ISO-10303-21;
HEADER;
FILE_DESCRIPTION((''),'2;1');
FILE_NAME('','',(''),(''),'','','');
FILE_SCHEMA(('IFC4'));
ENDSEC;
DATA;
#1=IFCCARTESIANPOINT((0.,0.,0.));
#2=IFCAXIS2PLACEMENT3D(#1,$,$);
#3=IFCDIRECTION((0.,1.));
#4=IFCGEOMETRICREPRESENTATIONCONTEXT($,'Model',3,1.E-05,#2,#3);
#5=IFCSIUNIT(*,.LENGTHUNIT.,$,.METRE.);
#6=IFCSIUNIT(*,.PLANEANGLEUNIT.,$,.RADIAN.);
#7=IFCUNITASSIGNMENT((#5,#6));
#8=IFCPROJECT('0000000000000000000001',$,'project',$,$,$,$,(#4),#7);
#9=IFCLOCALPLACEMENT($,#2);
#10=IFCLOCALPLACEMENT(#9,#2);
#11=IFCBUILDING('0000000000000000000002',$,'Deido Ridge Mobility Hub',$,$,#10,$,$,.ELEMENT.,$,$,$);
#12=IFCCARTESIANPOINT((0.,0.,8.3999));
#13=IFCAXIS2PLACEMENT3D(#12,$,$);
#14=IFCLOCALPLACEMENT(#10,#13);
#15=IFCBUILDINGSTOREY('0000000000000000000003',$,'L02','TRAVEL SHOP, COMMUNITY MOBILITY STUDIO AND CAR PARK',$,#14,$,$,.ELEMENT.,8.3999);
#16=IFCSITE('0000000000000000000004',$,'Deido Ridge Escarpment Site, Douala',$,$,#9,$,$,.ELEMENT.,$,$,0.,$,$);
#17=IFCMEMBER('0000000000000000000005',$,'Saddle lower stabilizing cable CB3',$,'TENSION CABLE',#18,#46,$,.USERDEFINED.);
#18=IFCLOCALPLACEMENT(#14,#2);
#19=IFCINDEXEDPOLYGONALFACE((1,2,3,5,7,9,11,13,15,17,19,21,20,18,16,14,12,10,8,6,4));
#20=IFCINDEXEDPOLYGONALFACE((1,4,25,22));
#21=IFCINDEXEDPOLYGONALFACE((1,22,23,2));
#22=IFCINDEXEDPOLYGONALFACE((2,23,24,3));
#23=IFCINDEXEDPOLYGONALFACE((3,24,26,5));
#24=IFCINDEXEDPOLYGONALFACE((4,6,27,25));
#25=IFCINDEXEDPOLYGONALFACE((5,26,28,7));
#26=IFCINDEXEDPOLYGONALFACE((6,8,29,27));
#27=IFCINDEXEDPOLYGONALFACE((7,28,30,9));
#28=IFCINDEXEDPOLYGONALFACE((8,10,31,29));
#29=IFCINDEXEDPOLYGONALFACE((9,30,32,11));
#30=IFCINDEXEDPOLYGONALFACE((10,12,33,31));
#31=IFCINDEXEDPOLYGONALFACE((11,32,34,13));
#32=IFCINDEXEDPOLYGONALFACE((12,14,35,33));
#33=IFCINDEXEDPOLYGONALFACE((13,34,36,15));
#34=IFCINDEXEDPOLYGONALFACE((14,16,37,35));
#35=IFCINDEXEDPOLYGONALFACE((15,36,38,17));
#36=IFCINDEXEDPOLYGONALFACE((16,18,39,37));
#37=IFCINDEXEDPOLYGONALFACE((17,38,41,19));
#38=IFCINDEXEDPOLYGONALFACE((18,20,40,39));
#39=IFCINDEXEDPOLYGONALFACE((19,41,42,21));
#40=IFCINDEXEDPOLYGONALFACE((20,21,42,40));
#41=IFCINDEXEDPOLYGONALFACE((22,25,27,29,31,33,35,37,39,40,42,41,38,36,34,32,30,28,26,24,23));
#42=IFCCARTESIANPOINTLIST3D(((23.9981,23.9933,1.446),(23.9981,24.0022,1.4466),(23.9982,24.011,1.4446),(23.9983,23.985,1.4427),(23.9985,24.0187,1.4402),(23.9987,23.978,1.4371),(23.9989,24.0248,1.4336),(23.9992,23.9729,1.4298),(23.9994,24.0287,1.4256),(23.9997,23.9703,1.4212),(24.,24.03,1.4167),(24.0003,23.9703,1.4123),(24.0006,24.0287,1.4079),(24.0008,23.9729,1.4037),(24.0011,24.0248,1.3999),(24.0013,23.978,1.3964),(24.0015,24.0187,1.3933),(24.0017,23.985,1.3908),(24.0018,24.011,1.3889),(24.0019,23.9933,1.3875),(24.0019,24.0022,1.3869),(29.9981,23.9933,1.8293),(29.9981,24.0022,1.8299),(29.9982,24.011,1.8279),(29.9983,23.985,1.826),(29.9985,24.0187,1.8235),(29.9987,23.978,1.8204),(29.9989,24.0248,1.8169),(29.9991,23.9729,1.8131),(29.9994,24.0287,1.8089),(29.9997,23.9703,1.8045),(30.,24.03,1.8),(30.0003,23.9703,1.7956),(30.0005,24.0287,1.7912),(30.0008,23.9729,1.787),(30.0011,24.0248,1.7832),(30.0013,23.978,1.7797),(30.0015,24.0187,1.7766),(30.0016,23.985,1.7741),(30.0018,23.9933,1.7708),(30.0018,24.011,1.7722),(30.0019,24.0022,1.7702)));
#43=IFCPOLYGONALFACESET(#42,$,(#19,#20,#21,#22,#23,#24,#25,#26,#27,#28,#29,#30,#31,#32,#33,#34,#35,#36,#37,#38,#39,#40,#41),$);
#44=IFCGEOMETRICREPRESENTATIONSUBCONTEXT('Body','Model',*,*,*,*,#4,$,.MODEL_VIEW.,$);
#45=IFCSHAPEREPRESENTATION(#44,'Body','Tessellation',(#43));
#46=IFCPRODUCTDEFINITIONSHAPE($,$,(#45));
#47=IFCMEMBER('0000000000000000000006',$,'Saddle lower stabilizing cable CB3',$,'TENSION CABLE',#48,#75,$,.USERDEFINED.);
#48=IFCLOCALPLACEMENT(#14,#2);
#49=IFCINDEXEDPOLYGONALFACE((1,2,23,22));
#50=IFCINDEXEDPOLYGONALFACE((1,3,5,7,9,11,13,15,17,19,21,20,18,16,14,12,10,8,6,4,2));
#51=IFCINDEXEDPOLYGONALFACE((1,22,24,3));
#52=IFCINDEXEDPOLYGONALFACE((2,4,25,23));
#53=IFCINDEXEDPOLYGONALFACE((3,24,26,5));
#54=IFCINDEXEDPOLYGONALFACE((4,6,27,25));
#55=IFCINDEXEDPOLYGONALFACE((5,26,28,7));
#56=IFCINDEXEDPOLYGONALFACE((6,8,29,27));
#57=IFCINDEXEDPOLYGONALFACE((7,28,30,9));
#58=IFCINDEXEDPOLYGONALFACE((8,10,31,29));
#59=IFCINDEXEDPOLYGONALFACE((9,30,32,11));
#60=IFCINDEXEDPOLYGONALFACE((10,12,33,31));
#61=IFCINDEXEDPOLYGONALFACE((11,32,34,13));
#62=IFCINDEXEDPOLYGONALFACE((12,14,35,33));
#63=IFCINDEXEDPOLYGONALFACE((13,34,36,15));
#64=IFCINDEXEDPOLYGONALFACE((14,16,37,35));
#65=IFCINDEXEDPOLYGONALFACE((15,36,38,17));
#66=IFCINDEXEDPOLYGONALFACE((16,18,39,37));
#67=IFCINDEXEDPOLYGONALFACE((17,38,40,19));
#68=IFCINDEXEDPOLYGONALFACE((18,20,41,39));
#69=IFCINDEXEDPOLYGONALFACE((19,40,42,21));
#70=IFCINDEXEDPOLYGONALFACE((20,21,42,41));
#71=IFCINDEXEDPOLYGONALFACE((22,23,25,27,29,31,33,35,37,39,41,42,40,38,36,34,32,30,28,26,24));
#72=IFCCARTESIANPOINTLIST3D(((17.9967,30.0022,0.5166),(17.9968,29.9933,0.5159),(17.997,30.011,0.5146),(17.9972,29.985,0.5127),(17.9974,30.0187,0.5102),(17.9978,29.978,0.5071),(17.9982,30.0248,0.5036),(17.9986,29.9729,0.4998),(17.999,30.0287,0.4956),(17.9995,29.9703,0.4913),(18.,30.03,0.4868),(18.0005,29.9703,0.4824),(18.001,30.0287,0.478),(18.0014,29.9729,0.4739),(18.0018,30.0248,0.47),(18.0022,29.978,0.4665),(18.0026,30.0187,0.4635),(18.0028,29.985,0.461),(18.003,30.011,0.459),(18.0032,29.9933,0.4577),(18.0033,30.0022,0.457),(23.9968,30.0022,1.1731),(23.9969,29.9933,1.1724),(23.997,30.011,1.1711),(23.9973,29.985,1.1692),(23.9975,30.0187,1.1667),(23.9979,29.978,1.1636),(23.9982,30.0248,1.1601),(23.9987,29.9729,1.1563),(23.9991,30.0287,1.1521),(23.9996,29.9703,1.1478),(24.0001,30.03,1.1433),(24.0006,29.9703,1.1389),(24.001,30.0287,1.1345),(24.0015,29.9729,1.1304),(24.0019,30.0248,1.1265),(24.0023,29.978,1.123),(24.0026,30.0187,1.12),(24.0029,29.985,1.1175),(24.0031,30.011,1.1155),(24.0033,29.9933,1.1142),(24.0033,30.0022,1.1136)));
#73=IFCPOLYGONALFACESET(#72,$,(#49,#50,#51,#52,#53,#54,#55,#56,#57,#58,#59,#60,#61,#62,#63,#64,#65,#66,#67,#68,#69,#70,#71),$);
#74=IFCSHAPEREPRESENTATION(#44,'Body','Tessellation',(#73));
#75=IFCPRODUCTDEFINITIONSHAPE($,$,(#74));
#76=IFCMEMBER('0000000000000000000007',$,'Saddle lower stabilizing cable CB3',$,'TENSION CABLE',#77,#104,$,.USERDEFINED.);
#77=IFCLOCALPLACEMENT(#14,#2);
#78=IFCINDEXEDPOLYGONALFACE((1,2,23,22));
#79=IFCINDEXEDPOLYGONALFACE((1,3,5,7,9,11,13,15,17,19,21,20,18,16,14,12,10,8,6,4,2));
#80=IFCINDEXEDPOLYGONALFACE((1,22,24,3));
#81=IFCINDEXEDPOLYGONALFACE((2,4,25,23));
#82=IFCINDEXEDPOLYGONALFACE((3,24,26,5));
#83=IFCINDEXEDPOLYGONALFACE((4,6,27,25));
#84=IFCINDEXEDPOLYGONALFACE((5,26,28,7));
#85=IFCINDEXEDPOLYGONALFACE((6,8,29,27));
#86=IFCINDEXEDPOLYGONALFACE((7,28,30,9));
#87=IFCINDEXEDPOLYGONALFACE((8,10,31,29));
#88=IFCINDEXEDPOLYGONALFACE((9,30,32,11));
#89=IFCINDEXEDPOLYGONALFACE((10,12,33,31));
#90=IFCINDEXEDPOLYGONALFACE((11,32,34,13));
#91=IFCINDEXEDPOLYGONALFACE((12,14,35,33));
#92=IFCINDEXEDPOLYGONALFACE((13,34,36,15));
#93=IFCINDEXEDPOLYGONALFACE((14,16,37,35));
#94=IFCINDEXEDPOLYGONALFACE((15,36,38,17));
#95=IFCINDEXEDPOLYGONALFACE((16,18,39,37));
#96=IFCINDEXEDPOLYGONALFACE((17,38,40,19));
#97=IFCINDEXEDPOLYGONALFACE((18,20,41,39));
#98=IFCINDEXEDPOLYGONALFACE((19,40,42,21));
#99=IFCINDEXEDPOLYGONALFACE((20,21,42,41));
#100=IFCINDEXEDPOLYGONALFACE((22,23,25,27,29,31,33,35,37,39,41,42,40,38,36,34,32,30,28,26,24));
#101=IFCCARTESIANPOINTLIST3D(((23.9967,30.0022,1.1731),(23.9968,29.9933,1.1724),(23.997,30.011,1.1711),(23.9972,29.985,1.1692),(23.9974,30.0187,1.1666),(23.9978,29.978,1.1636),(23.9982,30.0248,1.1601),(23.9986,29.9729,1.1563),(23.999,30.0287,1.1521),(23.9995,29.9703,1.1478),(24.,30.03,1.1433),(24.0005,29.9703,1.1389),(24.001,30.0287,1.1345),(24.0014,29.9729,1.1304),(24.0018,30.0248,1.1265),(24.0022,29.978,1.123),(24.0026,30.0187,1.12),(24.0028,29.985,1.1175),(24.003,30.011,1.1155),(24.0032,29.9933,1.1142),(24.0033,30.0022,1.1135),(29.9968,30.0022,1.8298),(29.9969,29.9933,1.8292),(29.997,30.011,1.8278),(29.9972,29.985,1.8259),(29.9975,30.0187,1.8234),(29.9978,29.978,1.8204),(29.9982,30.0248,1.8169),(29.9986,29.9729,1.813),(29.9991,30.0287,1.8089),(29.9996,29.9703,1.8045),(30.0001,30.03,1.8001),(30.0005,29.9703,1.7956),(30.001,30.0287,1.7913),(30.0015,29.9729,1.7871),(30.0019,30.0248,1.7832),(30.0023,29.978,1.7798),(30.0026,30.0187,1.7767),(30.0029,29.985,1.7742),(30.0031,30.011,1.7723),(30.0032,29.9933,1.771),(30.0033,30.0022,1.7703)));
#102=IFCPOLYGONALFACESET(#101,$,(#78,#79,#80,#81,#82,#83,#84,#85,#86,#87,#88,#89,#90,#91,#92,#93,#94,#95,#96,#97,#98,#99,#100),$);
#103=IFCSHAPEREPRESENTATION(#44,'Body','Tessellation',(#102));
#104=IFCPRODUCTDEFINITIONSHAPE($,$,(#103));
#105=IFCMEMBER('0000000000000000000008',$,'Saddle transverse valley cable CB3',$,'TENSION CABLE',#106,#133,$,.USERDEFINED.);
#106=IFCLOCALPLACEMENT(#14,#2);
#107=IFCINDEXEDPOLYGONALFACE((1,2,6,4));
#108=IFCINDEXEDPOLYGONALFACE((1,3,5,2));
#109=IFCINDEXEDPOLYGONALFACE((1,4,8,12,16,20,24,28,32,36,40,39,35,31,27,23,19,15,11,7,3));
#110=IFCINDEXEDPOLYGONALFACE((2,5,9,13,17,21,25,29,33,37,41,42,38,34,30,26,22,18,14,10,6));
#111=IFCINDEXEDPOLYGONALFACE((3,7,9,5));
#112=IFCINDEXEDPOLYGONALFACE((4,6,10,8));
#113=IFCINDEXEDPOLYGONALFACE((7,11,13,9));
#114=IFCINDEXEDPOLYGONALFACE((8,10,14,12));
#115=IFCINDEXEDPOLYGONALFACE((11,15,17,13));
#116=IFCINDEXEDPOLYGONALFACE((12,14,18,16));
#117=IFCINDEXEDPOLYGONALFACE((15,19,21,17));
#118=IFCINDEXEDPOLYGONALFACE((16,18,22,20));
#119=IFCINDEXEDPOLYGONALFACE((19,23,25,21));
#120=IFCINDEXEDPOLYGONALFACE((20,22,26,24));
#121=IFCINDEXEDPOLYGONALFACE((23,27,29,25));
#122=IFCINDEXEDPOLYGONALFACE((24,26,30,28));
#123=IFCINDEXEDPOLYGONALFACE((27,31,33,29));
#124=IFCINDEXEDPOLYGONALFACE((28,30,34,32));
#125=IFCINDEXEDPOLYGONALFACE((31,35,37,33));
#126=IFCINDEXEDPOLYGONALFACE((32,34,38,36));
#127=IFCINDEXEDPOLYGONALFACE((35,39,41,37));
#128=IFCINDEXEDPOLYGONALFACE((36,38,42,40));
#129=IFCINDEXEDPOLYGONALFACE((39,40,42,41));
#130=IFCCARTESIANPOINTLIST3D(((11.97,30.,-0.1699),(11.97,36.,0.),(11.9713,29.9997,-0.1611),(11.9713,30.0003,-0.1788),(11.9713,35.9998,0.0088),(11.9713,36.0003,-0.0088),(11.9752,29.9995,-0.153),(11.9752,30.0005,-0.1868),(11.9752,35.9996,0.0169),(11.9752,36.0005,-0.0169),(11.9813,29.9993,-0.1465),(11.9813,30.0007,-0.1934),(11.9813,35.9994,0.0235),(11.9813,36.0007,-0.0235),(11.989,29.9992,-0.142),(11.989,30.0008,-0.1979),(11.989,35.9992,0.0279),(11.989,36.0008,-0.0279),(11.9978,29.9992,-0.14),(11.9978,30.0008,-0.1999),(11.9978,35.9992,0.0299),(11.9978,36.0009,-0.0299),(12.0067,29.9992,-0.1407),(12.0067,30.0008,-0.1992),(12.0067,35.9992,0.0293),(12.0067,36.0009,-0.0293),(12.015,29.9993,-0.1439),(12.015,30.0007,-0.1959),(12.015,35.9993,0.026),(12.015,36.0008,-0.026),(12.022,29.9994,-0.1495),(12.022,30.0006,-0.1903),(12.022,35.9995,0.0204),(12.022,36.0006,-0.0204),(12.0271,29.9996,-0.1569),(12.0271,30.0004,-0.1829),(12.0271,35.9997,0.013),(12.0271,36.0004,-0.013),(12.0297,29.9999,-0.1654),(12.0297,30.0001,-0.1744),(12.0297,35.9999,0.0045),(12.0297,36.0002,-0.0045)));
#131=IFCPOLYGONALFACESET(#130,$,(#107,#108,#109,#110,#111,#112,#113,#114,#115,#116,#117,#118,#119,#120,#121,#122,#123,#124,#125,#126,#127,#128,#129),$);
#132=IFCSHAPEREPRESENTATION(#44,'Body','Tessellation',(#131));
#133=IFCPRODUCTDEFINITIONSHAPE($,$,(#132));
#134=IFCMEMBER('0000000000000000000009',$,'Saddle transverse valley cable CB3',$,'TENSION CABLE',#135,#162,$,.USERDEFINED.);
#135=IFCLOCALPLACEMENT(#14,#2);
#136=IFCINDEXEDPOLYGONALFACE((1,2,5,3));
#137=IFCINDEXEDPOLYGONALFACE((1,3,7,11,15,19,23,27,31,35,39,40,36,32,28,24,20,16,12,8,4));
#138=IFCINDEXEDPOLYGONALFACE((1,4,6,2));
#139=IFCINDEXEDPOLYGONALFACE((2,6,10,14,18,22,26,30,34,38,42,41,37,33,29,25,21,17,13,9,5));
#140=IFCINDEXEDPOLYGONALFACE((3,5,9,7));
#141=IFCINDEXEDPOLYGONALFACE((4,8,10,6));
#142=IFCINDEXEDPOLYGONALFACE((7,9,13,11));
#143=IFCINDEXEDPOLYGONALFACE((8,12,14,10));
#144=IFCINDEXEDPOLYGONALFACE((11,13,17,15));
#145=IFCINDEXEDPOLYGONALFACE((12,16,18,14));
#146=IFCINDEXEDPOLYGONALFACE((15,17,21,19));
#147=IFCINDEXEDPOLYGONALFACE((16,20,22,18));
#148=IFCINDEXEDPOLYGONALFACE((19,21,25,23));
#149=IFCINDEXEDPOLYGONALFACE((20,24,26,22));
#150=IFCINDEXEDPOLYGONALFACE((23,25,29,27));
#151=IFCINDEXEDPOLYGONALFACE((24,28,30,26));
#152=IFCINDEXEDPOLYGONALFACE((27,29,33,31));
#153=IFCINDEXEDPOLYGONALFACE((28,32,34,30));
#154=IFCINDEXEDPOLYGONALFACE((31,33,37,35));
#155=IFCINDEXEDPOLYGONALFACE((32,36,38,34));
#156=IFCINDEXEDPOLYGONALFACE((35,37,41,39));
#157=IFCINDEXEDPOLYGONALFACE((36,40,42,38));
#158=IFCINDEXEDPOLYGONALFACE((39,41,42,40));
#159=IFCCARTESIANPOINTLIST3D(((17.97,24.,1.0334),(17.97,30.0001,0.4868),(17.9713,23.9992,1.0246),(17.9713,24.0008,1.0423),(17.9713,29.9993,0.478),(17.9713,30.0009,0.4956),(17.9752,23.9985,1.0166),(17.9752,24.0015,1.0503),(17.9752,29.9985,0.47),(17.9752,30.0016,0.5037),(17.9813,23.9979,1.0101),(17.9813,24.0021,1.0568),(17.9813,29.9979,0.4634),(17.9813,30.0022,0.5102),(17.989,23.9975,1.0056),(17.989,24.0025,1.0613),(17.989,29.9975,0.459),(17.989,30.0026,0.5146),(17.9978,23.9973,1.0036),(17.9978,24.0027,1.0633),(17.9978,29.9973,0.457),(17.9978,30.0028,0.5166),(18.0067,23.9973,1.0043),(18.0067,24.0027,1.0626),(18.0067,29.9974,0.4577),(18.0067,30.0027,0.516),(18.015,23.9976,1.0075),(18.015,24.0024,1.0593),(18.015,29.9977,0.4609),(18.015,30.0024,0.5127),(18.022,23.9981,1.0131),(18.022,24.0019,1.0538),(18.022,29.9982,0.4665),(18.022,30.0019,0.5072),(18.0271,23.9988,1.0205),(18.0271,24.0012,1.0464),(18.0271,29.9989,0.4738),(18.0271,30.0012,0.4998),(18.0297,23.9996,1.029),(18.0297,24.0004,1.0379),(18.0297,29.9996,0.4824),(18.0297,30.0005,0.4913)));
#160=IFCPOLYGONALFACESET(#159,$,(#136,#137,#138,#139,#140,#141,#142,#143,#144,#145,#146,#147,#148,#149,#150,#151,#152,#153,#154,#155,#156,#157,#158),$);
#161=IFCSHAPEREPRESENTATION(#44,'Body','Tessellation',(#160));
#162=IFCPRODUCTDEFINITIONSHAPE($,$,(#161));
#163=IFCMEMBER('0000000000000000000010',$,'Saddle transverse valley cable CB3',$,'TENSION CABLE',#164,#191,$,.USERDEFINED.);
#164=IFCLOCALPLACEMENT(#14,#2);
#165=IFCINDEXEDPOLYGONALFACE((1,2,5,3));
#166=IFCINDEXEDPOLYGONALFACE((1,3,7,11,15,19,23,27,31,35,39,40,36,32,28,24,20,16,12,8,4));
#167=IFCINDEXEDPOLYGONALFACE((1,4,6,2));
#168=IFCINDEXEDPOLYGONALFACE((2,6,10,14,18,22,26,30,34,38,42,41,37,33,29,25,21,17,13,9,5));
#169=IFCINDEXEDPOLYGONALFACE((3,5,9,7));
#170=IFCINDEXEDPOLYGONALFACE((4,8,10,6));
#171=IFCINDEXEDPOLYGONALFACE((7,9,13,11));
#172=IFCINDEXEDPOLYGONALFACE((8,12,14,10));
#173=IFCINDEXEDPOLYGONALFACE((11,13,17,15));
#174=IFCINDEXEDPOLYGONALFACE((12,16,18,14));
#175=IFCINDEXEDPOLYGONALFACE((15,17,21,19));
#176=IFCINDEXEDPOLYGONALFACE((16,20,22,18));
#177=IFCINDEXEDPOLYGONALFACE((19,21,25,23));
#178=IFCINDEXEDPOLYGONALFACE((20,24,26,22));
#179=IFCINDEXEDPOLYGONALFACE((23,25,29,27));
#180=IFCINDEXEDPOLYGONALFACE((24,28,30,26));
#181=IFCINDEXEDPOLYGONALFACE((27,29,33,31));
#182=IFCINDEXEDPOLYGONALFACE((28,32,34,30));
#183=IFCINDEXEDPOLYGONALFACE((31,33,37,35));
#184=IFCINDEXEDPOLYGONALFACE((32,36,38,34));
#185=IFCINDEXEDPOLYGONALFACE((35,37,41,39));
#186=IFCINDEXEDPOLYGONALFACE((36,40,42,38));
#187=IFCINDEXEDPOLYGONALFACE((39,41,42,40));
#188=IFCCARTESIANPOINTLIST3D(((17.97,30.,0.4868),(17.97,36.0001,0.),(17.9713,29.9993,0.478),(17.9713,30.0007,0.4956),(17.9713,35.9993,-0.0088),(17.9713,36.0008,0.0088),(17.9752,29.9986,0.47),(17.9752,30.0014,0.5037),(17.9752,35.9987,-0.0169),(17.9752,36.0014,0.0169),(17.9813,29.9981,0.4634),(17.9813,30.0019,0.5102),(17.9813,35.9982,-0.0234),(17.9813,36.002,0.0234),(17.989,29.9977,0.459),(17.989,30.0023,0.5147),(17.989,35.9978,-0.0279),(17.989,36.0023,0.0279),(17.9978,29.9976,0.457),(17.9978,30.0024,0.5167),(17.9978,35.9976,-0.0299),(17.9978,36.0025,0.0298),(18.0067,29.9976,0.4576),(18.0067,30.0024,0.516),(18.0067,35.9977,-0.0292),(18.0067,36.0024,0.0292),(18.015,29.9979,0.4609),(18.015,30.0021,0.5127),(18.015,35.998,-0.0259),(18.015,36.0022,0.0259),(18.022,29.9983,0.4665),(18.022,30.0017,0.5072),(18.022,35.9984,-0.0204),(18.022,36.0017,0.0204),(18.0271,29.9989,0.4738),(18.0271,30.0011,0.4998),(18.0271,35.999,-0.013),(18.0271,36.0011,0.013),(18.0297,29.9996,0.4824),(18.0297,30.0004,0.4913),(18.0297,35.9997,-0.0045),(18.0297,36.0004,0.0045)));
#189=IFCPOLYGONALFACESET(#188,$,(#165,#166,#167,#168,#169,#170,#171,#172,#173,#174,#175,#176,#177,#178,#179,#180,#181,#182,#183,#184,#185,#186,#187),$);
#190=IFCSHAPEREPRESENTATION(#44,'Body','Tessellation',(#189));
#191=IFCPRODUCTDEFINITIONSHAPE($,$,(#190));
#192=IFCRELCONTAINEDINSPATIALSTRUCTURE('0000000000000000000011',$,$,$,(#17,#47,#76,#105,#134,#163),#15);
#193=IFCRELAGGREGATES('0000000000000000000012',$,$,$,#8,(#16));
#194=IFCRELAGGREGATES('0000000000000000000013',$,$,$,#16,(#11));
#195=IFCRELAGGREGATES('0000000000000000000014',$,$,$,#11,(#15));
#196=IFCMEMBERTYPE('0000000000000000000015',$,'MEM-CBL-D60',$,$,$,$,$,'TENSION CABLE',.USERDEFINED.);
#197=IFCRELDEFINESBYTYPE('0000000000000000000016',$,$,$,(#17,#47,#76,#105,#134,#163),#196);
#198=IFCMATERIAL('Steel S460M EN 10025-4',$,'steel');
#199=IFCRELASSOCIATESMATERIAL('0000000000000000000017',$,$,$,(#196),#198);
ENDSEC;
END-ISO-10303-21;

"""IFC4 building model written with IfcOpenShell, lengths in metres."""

from ifc_helpers import new_model, si_unit, direction, frame, origin, origin_2d, place, context, subcontext, project, spatial, circle, extrude, material, material_profile, profile_set, type_object, element, save


model = new_model("IFC4")

# Units and contexts
model_context = context("Model", 3, precision=1e-05, world=origin(), true_north=direction((0.0, 1.0)))
body_context = subcontext(model_context, "Body", "Model", "MODEL_VIEW")
ifc_project = project(units=[si_unit("LENGTHUNIT", "METRE"), si_unit("PLANEANGLEUNIT", "RADIAN")], contexts=[model_context])

# Site, building, storey
site_placement = place(None, origin())
site = spatial("IfcSite", under=ifc_project, at=site_placement, Name="Deido Ridge Escarpment Site, Douala", CompositionType="ELEMENT", RefElevation=0.0)
building_placement = place(site_placement, origin())
building = spatial("IfcBuilding", under=site, at=building_placement, Name="Deido Ridge Mobility Hub", CompositionType="ELEMENT")
storey_placement = place(building_placement, frame((0.0, 0.0, 8.3999)))
storey = spatial("IfcBuildingStorey", under=building, at=storey_placement, Name="L02", Description="TRAVEL SHOP, COMMUNITY MOBILITY STUDIO AND CAR PARK", CompositionType="ELEMENT", Elevation=8.3999)

# Members
ifc_material_1 = material(Name="Steel S460M EN 10025-4", Category="steel")
ifc_material_profile_1 = material_profile(ifc_material_1, circle(Radius=0.03, at=origin_2d()), Name="CABLE D60")
ifc_profile_set_1 = profile_set([ifc_material_profile_1], Name="Steel S460M EN 10025-4")
member_type_1 = type_object("IfcMemberType", Name="MEM-CBL-D60", ElementType="TENSION CABLE", PredefinedType="USERDEFINED", material=ifc_profile_set_1)
for number, where, z_axis, x_axis, name in (
    (1, (24.0, 24.0, 1.4167), (0.997966, 0.0, 0.063754), (0.0, 1.0, 0.0), "Saddle lower stabilizing cable CB3"),
):
    element("IfcMember", number, at=place(storey_placement, frame(where, z_axis=z_axis, x_axis=x_axis)), inside=storey, type_object=member_type_1, Name=name, ObjectType="TENSION CABLE", PredefinedType="USERDEFINED", context=body_context, shape_type="SweptSolid", body=[
        extrude(circle(Radius=0.03, at=origin_2d()), origin(), (0.0, 0.0, 1.0), 6.0122),
    ])
for number, where, z_axis, x_axis, name in (
    (2, (18.0, 30.0, 0.4868), (0.994067, 0.0, 0.108767), (0.0, 1.0, 0.0), "Saddle lower stabilizing cable CB3"),
    (3, (24.0, 30.0, 1.1433), (0.994063, 0.0, 0.108807), (0.0, 1.0, 0.0), "Saddle lower stabilizing cable CB3"),
):
    element("IfcMember", number, at=place(storey_placement, frame(where, z_axis=z_axis, x_axis=x_axis)), inside=storey, type_object=member_type_1, Name=name, ObjectType="TENSION CABLE", PredefinedType="USERDEFINED", context=body_context, shape_type="SweptSolid", body=[
        extrude(circle(Radius=0.03, at=origin_2d()), origin(), (0.0, 0.0, 1.0), 6.0359),
    ])
member_1_placement = place(storey_placement, frame((12.0, 30.0, -0.1699), z_axis=(0.0, 0.999599, 0.028309), x_axis=(-1.0, 0.0, 0.0)))
element("IfcMember", 4, at=member_1_placement, inside=storey, type_object=member_type_1, Name="Saddle transverse valley cable CB3", ObjectType="TENSION CABLE", PredefinedType="USERDEFINED", context=body_context, shape_type="SweptSolid", body=[
    extrude(circle(Radius=0.03, at=origin_2d()), origin(), (0.0, 0.0, 1.0), 6.0024),
])
member_2_placement = place(storey_placement, frame((18.0, 24.0, 1.0334), z_axis=(0.0, 0.995876, -0.090729), x_axis=(-1.0, 0.0, 0.0)))
element("IfcMember", 5, at=member_2_placement, inside=storey, type_object=member_type_1, Name="Saddle transverse valley cable CB3", ObjectType="TENSION CABLE", PredefinedType="USERDEFINED", context=body_context, shape_type="SweptSolid", body=[
    extrude(circle(Radius=0.03, at=origin_2d()), origin(), (0.0, 0.0, 1.0), 6.0249),
])
member_3_placement = place(storey_placement, frame((18.0, 30.0, 0.4868), z_axis=(0.0, 0.996725, -0.08087), x_axis=(-1.0, 0.0, 0.0)))
element("IfcMember", 6, at=member_3_placement, inside=storey, type_object=member_type_1, Name="Saddle transverse valley cable CB3", ObjectType="TENSION CABLE", PredefinedType="USERDEFINED", context=body_context, shape_type="SweptSolid", body=[
    extrude(circle(Radius=0.03, at=origin_2d()), origin(), (0.0, 0.0, 1.0), 6.0198),
])

save(model, "model.ifc")
